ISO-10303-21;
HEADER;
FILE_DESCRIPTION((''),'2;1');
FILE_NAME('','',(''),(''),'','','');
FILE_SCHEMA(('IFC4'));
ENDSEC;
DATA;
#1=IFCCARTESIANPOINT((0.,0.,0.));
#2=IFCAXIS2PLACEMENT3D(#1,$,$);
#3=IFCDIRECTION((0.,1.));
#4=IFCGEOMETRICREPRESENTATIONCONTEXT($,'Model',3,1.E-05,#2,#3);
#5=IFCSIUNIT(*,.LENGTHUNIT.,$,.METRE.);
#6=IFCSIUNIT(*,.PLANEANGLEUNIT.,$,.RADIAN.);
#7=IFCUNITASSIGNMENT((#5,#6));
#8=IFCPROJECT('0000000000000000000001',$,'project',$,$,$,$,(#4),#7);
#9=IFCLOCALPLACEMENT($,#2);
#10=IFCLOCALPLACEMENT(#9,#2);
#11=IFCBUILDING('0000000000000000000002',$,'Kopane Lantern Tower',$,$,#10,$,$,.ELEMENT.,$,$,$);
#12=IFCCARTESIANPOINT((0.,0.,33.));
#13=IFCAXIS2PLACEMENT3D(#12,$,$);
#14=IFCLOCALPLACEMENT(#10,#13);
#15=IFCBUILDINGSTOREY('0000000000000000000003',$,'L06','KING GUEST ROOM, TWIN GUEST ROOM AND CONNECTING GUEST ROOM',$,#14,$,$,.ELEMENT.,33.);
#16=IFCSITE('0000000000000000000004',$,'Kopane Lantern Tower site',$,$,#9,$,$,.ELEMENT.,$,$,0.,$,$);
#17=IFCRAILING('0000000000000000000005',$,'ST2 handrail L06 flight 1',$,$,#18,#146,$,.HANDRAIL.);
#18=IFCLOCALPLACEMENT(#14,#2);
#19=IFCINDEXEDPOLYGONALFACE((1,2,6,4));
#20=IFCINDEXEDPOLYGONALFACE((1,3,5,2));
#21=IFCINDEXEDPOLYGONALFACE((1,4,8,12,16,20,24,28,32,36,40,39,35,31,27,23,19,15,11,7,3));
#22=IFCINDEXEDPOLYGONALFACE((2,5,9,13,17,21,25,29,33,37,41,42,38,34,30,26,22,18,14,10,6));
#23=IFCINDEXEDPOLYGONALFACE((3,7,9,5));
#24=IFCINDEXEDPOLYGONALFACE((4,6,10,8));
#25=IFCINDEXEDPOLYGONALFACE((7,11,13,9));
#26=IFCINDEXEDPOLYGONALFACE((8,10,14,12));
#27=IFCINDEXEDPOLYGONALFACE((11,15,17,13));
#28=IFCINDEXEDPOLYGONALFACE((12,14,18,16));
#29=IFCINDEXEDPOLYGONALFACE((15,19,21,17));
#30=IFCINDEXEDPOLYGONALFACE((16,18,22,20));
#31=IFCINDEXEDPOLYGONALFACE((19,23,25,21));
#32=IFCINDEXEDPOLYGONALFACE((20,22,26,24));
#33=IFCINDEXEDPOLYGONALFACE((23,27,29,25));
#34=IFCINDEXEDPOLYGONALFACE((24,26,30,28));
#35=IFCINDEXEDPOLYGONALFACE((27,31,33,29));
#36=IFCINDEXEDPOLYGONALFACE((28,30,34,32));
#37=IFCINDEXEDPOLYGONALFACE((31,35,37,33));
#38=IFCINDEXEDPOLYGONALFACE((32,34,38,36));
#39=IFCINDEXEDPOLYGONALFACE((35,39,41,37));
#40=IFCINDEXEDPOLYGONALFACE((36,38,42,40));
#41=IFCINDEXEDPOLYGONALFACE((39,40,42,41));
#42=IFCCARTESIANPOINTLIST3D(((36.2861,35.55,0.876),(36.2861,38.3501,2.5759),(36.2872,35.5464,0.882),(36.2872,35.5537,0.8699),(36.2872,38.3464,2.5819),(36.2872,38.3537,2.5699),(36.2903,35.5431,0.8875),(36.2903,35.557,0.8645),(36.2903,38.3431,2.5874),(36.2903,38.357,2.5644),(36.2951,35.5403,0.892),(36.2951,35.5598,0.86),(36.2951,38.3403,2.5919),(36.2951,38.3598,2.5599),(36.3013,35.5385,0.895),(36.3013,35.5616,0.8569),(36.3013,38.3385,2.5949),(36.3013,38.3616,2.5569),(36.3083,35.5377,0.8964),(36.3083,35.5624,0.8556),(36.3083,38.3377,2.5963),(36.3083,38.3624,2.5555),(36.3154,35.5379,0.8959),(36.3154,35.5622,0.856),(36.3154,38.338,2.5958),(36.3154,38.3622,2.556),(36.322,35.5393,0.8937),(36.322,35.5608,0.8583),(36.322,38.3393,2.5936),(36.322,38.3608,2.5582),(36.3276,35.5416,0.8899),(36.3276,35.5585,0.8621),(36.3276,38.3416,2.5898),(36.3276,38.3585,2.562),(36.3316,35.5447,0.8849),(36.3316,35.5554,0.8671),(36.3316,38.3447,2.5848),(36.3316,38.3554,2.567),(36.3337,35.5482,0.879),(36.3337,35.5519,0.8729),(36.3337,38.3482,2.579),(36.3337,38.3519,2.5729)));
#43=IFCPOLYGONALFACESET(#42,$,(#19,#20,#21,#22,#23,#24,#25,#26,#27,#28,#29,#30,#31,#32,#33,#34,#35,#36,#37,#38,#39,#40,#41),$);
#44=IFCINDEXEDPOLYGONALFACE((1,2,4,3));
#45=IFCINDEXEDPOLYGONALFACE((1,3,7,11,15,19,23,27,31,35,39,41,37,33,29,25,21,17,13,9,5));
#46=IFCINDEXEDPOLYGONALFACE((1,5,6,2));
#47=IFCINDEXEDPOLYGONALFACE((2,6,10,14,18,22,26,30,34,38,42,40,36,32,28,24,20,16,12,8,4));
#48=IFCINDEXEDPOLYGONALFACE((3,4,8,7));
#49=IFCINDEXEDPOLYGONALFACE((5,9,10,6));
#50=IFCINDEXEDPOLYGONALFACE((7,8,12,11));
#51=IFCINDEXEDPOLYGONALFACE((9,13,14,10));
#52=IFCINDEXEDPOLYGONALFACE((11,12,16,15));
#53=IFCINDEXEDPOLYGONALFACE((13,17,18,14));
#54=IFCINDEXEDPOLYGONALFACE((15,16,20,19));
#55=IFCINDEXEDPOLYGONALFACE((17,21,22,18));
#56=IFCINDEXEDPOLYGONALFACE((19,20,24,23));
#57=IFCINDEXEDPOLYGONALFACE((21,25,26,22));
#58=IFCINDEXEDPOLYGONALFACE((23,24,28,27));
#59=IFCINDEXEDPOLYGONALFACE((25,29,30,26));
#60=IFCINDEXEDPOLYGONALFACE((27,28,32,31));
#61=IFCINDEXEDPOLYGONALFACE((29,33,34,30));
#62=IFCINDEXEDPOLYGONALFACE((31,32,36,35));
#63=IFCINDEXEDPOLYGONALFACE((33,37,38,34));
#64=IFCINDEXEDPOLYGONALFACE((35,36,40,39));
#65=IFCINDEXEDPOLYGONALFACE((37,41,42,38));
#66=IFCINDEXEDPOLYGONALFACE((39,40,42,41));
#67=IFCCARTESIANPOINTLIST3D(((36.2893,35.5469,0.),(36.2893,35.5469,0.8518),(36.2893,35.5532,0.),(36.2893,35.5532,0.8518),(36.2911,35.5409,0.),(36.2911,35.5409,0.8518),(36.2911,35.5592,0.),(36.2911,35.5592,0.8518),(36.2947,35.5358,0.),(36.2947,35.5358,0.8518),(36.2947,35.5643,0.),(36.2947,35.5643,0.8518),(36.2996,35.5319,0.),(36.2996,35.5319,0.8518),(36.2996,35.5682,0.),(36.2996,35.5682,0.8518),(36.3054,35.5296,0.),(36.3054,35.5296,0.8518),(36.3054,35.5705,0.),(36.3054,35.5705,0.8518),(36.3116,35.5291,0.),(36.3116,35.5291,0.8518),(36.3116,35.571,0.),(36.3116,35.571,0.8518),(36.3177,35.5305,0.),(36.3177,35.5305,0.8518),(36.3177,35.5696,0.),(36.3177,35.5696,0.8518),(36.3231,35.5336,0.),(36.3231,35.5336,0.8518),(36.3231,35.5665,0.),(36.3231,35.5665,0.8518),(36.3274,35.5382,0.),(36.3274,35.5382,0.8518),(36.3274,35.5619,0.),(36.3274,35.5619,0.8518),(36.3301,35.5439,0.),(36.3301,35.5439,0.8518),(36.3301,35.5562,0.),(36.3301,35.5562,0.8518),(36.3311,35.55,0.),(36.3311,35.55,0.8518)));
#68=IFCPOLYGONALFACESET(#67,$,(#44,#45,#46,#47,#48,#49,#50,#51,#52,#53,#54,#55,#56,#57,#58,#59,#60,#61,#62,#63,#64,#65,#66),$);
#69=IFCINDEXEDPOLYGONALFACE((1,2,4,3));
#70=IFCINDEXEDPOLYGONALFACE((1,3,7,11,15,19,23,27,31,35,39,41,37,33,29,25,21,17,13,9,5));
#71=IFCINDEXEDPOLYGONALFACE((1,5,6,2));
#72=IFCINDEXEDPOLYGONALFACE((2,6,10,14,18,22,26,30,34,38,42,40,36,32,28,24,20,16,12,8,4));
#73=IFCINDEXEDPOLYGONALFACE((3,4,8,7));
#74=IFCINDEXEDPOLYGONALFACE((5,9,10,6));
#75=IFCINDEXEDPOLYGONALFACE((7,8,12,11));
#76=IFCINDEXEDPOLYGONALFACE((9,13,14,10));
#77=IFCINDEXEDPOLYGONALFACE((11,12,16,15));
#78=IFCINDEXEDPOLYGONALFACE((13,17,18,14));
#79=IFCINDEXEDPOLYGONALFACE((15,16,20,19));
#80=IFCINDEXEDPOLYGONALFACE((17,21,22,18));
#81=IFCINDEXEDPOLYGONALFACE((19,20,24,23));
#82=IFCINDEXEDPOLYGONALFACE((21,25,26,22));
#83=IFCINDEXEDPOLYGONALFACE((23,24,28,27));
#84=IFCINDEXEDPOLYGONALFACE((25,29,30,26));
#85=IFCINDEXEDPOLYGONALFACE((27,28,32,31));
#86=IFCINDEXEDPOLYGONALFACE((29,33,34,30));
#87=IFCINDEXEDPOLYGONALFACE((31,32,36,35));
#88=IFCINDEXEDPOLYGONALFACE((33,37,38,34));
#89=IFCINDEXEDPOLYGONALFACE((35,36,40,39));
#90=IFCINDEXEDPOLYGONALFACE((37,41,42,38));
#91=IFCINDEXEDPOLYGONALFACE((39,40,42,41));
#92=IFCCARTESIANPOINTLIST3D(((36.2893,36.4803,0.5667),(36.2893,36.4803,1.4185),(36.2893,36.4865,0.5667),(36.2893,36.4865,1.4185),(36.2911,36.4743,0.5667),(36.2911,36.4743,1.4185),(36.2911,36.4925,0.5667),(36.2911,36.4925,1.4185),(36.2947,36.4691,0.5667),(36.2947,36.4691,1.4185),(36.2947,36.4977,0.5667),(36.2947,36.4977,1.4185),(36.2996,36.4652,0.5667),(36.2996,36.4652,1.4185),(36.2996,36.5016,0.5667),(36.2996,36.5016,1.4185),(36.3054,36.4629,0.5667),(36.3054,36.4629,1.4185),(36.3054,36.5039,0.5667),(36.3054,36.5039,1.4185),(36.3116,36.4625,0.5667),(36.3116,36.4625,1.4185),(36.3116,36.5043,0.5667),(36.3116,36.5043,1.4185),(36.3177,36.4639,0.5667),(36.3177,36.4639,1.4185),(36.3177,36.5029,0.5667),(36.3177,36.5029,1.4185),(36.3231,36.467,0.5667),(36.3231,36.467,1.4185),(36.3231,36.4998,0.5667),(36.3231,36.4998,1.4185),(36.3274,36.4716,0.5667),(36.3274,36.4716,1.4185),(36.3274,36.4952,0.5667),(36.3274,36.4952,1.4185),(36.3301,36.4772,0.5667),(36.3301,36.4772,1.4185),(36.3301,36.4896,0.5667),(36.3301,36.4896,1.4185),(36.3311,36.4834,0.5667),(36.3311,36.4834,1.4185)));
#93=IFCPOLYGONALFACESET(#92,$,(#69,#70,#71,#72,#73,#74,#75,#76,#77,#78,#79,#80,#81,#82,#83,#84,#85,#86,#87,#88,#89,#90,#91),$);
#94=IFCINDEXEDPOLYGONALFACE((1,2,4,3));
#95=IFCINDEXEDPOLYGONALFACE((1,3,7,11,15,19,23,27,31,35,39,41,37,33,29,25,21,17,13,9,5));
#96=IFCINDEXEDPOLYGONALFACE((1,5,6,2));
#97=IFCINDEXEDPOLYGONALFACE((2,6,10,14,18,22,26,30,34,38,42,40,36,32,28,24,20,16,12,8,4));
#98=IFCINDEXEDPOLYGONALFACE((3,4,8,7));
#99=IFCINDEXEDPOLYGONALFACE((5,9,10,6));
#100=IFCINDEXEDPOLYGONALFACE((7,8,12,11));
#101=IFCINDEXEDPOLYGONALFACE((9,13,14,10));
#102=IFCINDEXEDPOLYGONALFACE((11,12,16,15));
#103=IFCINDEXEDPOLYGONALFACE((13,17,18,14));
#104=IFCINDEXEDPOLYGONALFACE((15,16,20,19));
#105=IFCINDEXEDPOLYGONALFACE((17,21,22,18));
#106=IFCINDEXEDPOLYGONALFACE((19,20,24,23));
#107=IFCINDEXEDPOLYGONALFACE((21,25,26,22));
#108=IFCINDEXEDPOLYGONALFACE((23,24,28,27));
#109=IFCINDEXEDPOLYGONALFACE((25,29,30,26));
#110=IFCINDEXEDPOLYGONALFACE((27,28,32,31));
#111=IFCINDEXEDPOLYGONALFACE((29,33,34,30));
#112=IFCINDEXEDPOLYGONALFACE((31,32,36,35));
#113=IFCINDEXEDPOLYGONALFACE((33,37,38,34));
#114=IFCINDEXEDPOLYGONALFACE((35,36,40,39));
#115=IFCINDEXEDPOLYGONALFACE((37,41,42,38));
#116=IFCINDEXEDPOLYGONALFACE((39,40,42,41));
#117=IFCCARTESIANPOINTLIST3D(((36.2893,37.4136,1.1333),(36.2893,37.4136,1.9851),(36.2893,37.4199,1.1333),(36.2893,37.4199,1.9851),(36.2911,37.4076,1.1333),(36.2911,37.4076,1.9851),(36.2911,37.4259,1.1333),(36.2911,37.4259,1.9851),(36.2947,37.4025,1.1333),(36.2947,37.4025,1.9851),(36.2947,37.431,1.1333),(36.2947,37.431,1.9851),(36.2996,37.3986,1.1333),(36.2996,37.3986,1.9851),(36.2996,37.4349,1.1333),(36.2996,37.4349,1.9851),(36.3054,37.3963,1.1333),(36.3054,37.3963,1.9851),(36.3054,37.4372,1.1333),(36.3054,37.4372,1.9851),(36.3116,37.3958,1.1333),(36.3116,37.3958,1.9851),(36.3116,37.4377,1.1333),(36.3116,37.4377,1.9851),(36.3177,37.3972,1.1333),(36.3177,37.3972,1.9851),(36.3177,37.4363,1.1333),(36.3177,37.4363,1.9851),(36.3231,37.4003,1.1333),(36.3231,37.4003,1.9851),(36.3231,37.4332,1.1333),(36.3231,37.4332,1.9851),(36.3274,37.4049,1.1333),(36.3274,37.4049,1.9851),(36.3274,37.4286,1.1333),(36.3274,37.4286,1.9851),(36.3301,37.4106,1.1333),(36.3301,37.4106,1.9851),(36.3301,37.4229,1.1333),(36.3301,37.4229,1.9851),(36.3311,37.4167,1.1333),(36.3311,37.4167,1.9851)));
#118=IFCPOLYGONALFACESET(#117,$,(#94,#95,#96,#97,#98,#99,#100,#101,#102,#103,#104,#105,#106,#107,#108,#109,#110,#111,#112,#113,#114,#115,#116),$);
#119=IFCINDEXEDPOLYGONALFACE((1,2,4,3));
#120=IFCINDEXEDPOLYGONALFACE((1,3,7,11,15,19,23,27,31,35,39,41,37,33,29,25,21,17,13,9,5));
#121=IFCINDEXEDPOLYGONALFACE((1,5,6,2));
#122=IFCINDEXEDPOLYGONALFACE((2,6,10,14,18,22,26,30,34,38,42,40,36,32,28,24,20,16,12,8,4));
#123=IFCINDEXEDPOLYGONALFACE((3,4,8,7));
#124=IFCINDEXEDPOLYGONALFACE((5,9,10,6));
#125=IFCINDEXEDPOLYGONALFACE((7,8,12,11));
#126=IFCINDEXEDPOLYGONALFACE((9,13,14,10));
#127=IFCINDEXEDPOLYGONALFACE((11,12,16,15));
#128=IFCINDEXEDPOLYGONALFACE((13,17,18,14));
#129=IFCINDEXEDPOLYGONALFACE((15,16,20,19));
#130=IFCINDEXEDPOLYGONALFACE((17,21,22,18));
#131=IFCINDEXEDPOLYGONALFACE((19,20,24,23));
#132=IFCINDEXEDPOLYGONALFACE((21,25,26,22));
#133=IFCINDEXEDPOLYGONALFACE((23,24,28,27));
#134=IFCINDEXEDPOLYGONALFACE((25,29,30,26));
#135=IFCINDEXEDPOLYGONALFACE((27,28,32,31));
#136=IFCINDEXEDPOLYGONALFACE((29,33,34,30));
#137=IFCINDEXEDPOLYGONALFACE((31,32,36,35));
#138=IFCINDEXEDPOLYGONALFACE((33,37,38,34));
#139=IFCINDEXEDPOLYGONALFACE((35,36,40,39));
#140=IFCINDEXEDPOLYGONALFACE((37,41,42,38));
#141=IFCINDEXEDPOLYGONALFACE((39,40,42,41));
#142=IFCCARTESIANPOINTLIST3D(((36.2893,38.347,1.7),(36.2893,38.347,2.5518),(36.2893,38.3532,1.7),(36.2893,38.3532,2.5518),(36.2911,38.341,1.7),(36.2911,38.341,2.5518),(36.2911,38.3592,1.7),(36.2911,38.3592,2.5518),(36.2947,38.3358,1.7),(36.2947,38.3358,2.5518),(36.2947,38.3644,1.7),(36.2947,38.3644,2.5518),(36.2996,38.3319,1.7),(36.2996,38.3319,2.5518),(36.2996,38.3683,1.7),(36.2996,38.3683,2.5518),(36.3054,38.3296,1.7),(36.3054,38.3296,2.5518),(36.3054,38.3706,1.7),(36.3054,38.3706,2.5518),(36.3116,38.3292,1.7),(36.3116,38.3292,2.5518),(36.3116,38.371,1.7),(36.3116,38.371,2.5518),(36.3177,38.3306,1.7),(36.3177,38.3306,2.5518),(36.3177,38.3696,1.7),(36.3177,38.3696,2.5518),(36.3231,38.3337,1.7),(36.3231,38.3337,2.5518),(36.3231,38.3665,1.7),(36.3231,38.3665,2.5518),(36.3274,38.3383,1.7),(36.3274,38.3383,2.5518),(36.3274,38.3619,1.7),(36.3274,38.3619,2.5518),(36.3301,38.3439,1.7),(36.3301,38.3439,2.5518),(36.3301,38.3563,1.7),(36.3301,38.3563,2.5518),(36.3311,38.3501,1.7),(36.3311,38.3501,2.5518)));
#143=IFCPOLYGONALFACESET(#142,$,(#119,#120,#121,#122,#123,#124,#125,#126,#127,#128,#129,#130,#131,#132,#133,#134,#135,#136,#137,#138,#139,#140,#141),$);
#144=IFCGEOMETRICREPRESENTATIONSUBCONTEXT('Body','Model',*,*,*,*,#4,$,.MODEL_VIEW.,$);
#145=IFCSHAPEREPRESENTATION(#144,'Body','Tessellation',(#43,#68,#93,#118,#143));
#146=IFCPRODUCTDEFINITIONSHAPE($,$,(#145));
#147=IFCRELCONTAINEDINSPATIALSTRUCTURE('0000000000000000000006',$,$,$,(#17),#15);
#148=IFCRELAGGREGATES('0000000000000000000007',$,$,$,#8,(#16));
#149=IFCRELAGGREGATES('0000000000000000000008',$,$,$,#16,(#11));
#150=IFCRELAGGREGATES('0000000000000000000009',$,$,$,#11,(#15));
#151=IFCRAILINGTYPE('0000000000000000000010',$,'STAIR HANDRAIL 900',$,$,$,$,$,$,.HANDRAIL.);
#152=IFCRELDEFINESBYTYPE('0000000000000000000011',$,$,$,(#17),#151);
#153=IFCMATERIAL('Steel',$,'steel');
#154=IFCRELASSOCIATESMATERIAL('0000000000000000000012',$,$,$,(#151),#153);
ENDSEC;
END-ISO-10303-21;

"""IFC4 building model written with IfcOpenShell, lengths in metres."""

from ifc_helpers import new_model, si_unit, direction, frame, origin, origin_2d, place, context, subcontext, project, spatial, circle, extrude, material, type_object, element, save


model = new_model("IFC4")

# Units and contexts
model_context = context("Model", 3, precision=1e-05, world=origin(), true_north=direction((0.0, 1.0)))
body_context = subcontext(model_context, "Body", "Model", "MODEL_VIEW")
ifc_project = project(units=[si_unit("LENGTHUNIT", "METRE"), si_unit("PLANEANGLEUNIT", "RADIAN")], contexts=[model_context])

# Site, building, storey
site_placement = place(None, origin())
site = spatial("IfcSite", under=ifc_project, at=site_placement, Name="Kopane Lantern Tower site", CompositionType="ELEMENT", RefElevation=0.0)
building_placement = place(site_placement, origin())
building = spatial("IfcBuilding", under=site, at=building_placement, Name="Kopane Lantern Tower", CompositionType="ELEMENT")
storey_placement = place(building_placement, frame((0.0, 0.0, 33.0)))
storey = spatial("IfcBuildingStorey", under=building, at=storey_placement, Name="L06", Description="KING GUEST ROOM, TWIN GUEST ROOM AND CONNECTING GUEST ROOM", CompositionType="ELEMENT", Elevation=33.0)

# Railing
ifc_material_1 = material(Name="Steel", Category="steel")
railing_type_1 = type_object("IfcRailingType", Name="STAIR HANDRAIL 900", PredefinedType="HANDRAIL", material=ifc_material_1)
for number, where, name in (
    (1, (36.3101, 35.55, 0.0), "ST2 handrail L06 flight 1"),
):
    element("IfcRailing", number, at=place(storey_placement, frame(where)), inside=storey, type_object=railing_type_1, Name=name, PredefinedType="HANDRAIL", context=body_context, shape_type="SweptSolid", body=[
        extrude(circle(Radius=0.0239, at=origin_2d()), frame((0.0, 0.0, 0.876), z_axis=(0.0, 0.854798, 0.518961), x_axis=(-1.0, 0.0, 0.0)), (0.0, 0.0, 1.0), 3.2756),
        extrude(circle(Radius=0.021, at=origin_2d()), origin(), (0.0, 0.0, 1.0), 0.8518),
        extrude(circle(Radius=0.021, at=origin_2d()), frame((0.0, 0.9333, 0.5667)), (0.0, 0.0, 1.0), 0.8518),
        extrude(circle(Radius=0.021, at=origin_2d()), frame((0.0, 1.8667, 1.1333)), (0.0, 0.0, 1.0), 0.8518),
        extrude(circle(Radius=0.021, at=origin_2d()), frame((0.0, 2.8, 1.7)), (0.0, 0.0, 1.0), 0.8518),
    ])

save(model, "model.ifc")
